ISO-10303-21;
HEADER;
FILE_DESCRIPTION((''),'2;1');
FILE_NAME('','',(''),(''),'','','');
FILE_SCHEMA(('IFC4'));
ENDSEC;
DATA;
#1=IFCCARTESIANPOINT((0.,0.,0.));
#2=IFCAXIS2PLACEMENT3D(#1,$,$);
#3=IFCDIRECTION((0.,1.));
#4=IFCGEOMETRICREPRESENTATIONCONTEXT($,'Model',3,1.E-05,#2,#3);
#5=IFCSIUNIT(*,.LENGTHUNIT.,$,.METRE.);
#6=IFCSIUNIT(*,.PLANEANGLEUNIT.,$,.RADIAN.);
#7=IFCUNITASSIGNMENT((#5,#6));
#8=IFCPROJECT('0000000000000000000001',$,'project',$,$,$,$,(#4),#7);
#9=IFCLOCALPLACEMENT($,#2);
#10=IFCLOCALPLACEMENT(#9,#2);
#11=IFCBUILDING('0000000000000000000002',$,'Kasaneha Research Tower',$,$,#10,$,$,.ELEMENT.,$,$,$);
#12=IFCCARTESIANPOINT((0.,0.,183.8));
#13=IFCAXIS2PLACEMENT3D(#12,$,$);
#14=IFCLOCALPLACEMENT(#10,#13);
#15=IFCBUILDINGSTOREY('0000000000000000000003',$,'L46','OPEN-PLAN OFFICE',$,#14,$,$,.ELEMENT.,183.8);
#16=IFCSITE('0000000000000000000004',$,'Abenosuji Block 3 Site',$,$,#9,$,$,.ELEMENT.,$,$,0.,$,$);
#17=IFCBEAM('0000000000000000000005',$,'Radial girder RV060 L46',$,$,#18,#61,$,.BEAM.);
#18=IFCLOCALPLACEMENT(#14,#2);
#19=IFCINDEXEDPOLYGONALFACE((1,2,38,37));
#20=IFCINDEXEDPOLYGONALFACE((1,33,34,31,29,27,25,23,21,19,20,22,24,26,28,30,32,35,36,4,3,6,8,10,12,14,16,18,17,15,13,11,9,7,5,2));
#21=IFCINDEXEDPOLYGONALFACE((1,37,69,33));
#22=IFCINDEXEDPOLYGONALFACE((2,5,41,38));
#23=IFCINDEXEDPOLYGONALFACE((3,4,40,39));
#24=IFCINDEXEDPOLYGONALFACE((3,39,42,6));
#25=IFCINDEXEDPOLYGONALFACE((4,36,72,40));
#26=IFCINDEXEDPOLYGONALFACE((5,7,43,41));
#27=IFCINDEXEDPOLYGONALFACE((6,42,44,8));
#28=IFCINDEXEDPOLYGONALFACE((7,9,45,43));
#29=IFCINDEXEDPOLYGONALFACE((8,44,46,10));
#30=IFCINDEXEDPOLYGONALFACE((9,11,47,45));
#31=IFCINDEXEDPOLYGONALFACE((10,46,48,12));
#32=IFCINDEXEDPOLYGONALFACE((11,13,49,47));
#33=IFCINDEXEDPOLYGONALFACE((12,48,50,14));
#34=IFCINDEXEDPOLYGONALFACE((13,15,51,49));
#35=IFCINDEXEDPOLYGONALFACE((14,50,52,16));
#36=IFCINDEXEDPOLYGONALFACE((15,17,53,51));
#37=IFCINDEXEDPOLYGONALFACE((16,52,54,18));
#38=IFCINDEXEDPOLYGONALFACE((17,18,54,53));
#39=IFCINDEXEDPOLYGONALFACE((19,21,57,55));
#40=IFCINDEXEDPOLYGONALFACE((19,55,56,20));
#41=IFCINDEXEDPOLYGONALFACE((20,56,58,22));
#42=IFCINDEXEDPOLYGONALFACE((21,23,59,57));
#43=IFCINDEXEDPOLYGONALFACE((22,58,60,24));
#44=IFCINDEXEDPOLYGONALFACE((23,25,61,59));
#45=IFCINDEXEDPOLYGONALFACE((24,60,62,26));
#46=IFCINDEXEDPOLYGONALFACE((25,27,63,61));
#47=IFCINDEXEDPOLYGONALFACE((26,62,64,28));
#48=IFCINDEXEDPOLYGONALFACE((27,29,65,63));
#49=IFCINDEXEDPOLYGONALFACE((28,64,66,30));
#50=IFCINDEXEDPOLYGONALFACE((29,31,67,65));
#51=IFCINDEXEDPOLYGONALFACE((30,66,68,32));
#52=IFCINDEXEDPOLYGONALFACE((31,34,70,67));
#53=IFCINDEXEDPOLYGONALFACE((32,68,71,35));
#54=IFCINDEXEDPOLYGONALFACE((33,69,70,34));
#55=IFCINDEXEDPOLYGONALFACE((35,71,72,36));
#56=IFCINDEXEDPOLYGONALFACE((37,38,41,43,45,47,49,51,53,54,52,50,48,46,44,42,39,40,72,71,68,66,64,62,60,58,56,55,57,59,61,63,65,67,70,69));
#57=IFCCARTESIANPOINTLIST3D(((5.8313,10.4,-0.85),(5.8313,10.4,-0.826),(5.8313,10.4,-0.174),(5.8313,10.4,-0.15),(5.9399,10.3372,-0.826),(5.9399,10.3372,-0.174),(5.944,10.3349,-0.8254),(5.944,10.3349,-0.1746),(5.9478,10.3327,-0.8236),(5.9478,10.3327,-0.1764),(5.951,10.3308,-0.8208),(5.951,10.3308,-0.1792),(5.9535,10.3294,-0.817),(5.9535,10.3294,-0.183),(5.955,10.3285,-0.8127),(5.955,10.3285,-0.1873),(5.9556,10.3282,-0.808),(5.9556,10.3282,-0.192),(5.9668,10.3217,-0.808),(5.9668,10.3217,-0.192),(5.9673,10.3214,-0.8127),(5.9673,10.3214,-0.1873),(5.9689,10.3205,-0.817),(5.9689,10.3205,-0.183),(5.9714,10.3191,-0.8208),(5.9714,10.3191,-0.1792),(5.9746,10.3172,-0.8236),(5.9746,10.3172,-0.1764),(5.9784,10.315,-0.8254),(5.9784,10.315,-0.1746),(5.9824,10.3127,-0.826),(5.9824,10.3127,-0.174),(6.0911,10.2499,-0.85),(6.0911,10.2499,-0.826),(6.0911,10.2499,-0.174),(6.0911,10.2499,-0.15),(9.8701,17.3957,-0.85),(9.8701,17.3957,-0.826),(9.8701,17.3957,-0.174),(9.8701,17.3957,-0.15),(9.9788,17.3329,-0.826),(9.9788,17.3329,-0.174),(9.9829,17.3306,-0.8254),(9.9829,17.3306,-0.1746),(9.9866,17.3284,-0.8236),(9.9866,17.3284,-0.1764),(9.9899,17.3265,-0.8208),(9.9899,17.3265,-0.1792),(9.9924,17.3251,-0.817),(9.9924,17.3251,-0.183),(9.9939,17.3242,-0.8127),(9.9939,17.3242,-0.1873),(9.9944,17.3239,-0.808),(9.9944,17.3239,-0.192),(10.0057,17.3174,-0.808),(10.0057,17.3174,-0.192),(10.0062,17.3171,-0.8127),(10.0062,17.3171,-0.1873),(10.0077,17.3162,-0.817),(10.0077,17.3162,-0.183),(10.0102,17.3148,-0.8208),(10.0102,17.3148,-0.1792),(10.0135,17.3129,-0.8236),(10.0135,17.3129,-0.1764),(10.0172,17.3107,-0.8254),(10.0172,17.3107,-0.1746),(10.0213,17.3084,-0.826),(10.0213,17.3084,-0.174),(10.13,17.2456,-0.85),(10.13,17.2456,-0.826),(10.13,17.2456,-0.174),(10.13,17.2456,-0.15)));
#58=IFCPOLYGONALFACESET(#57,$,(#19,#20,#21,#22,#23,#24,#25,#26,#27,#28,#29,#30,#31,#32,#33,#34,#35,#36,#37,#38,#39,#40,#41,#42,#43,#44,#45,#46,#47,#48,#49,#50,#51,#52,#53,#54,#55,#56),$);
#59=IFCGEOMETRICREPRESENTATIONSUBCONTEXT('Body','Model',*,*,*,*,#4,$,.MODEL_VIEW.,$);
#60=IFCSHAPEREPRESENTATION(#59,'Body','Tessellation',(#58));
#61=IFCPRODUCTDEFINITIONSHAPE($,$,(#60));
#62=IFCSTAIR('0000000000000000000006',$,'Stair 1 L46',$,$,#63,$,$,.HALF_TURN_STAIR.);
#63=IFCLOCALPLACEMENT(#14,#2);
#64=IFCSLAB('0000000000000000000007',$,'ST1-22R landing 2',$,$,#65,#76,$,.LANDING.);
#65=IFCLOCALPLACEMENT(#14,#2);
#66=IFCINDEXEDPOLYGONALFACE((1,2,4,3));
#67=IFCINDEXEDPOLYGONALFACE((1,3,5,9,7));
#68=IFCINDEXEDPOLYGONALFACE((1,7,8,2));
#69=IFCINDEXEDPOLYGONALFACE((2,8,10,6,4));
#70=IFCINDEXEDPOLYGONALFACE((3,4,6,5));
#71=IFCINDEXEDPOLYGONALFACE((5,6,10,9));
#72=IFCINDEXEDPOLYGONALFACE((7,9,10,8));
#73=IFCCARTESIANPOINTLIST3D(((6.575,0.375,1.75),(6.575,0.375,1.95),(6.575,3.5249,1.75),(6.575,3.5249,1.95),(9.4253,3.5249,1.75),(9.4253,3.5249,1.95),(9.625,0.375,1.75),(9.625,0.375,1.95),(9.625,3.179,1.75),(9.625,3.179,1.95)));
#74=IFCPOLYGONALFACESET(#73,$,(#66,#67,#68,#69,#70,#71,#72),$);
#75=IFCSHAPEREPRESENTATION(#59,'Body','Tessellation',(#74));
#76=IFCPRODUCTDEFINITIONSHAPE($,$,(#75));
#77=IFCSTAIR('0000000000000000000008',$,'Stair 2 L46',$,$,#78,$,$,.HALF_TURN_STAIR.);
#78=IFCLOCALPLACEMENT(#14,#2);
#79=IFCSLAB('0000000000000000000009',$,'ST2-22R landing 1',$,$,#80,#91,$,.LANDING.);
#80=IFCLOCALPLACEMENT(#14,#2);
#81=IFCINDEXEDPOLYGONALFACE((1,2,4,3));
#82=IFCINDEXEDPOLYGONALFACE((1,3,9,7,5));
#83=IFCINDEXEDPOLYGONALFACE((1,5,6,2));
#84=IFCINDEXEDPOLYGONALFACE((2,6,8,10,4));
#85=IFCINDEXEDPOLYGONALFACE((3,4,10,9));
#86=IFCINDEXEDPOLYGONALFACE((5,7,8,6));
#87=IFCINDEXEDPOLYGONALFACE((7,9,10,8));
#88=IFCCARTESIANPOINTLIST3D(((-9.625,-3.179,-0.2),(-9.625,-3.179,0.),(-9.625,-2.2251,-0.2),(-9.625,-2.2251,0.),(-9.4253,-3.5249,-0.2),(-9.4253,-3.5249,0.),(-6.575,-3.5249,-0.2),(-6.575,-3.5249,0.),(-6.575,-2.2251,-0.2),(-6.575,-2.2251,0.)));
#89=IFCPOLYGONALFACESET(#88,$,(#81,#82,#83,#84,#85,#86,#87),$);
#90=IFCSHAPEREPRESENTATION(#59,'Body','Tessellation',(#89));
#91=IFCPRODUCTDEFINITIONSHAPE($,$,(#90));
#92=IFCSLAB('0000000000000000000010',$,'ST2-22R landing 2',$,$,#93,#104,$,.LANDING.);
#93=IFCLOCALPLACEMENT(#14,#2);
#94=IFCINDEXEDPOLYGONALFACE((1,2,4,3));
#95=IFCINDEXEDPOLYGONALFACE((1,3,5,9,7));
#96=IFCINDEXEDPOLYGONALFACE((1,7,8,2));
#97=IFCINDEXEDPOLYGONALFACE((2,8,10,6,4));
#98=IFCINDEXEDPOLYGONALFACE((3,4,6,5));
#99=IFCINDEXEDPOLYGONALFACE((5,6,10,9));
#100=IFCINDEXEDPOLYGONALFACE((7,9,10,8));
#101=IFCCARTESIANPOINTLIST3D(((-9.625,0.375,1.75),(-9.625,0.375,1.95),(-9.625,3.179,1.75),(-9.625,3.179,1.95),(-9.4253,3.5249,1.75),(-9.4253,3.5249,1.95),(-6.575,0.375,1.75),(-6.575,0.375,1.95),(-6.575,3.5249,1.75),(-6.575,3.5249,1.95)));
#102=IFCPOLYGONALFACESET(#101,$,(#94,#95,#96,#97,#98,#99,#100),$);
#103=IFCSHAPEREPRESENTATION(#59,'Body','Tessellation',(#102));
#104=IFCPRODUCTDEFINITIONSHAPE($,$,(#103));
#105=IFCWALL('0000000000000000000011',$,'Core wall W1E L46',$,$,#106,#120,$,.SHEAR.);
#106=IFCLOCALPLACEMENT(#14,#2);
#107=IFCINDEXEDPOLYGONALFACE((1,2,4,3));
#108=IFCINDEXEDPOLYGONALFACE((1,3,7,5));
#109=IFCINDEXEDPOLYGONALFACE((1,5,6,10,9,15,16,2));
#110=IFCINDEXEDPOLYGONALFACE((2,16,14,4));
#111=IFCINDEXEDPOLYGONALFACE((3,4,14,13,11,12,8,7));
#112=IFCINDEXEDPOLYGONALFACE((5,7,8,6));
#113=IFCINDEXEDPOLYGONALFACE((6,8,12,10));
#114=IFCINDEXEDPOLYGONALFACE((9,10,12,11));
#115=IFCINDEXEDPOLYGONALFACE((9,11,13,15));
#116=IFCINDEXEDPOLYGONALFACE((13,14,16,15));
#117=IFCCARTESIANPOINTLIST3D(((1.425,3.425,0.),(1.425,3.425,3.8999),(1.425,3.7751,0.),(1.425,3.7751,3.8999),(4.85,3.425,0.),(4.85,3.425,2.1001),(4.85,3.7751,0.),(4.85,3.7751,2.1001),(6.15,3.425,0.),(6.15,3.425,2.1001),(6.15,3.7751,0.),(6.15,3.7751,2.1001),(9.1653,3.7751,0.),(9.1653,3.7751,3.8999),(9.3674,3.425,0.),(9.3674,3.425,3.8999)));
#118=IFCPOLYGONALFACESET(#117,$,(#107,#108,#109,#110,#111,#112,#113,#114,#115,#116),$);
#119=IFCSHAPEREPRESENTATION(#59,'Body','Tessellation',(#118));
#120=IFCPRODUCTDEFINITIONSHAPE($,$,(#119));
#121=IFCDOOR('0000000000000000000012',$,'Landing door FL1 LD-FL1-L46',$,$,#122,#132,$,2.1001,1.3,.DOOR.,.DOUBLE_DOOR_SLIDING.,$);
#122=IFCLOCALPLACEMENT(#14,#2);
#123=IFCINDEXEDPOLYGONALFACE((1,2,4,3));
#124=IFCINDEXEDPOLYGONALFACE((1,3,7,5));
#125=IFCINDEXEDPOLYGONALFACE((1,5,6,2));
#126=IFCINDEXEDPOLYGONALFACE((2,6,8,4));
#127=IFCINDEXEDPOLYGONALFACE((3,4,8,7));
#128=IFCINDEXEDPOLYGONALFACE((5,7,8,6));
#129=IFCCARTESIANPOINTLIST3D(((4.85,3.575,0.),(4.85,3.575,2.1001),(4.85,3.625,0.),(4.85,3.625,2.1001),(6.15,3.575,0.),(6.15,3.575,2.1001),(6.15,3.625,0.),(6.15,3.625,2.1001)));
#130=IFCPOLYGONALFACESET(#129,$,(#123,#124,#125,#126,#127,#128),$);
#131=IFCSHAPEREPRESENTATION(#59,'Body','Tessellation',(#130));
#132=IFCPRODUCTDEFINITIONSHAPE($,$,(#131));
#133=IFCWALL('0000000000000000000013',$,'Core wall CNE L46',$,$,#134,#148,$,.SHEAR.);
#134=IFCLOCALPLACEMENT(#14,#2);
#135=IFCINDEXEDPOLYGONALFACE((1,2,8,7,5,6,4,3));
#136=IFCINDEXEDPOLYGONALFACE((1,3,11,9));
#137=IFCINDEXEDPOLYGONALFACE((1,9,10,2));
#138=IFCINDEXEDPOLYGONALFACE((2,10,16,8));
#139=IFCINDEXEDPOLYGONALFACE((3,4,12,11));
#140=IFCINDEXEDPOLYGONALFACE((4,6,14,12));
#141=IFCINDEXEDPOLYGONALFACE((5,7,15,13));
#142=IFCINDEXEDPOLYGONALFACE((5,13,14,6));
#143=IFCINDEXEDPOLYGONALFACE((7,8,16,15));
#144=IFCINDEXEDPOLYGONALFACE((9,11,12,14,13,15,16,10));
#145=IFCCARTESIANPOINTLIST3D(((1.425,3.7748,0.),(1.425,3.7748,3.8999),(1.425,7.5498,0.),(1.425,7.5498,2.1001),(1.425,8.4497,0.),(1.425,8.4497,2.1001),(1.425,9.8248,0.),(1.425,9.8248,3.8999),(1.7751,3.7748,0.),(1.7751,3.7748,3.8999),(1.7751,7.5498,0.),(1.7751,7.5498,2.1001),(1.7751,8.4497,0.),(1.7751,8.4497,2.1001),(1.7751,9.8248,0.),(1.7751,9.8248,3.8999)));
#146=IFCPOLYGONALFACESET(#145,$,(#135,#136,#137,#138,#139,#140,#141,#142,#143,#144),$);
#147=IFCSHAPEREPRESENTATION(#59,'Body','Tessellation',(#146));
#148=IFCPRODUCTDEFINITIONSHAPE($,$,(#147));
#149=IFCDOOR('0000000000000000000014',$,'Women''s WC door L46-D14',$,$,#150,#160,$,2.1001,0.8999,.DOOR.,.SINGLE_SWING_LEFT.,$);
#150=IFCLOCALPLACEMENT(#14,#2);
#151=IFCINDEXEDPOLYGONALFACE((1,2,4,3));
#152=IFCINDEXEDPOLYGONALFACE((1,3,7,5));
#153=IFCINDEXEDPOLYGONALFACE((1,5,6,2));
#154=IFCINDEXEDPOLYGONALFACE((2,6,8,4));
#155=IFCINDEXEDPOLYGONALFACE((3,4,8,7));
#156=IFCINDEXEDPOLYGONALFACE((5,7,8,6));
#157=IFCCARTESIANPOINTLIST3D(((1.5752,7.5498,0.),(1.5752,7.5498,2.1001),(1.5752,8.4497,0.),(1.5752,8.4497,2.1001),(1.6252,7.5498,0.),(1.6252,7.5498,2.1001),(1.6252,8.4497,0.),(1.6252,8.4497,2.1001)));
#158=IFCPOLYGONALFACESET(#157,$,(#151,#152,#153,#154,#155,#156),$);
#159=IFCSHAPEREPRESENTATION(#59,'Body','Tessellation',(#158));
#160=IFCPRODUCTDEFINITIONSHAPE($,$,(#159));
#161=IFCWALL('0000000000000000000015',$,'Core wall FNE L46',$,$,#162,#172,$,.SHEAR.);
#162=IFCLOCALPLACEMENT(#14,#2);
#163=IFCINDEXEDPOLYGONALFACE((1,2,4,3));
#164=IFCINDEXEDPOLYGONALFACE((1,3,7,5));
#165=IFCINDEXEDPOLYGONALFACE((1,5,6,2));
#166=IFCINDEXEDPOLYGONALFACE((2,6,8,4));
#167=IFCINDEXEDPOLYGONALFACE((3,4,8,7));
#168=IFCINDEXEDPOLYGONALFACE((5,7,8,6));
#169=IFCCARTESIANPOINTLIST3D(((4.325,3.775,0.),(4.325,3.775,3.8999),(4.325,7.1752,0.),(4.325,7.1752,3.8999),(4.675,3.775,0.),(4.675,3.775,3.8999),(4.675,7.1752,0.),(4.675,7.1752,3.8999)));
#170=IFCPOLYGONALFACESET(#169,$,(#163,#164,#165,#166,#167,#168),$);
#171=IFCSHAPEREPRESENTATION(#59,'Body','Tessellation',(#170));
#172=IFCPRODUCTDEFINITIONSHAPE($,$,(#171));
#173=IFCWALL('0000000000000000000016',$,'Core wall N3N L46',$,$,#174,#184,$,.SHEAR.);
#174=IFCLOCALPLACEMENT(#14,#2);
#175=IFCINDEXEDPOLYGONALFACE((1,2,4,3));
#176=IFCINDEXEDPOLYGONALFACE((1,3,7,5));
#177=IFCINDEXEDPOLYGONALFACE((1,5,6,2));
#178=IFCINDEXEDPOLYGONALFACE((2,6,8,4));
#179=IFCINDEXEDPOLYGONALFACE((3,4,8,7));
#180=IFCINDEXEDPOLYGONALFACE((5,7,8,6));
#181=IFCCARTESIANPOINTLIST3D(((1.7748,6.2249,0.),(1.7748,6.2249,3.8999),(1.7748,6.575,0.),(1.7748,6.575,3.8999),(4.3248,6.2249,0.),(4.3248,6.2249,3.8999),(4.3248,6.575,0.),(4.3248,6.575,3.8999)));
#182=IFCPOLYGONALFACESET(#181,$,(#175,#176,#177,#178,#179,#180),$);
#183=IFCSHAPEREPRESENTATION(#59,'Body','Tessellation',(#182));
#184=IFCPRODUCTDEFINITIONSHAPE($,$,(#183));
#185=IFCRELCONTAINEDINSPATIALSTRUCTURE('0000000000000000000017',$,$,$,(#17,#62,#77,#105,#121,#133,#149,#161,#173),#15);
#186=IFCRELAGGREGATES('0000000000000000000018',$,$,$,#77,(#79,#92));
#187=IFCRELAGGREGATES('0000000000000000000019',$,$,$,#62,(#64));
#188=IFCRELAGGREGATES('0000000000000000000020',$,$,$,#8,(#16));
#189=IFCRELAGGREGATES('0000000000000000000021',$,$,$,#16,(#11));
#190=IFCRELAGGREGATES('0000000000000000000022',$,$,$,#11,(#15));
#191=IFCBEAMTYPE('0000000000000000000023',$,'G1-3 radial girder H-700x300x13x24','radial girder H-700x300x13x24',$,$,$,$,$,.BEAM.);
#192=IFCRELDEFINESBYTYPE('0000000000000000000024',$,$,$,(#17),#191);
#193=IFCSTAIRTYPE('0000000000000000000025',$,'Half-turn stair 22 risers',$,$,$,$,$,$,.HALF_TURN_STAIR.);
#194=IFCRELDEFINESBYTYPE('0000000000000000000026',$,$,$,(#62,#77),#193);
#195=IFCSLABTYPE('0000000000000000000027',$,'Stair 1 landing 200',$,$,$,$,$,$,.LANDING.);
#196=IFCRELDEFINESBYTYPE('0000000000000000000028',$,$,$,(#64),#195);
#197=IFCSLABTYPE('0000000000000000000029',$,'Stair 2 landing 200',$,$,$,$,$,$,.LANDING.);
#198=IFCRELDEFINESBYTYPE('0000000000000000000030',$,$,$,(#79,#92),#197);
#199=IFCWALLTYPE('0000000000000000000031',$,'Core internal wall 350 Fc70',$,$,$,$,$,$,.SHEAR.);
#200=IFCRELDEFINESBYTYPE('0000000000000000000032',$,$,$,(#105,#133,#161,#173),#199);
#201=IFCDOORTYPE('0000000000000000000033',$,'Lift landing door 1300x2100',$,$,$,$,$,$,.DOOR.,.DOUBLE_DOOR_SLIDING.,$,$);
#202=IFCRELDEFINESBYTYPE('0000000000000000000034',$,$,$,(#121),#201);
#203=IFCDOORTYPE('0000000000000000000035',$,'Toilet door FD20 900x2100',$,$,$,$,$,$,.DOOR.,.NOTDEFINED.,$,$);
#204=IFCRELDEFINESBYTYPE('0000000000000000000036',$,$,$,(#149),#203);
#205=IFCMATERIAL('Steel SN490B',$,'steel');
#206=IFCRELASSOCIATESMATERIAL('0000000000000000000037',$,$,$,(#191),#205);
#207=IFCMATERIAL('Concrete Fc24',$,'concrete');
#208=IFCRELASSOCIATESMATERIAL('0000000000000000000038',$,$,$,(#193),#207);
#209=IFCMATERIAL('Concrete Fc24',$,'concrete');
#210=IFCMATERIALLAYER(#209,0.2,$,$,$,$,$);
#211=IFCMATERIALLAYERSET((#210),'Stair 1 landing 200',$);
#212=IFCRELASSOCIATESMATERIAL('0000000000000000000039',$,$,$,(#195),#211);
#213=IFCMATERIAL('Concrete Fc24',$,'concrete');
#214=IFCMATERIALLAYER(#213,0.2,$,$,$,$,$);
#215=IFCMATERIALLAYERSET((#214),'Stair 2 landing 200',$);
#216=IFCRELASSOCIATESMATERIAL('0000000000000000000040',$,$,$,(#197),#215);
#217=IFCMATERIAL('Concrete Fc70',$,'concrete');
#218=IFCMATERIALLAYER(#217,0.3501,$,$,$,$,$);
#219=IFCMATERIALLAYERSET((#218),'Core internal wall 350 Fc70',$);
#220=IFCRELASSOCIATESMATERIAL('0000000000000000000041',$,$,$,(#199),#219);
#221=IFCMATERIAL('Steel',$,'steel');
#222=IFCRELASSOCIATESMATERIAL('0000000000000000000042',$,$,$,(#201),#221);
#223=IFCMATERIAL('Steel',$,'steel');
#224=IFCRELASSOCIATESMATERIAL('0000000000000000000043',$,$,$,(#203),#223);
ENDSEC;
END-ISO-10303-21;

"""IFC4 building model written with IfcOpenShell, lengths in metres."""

from ifc_helpers import new_model, si_unit, direction, frame, frame_2d, origin, origin_2d, place, context, subcontext, project, spatial, polyline, rectangle, i_section, outline, extrude, material, layer, layer_set, material_profile, profile_set, type_object, element, fill, aggregate, save


model = new_model("IFC4")

# Units and contexts
model_context = context("Model", 3, precision=1e-05, world=origin(), true_north=direction((0.0, 1.0)))
body_context = subcontext(model_context, "Body", "Model", "MODEL_VIEW")
ifc_project = project(units=[si_unit("LENGTHUNIT", "METRE"), si_unit("PLANEANGLEUNIT", "RADIAN")], contexts=[model_context])

# Site, building, storey
site_placement = place(None, origin())
site = spatial("IfcSite", under=ifc_project, at=site_placement, Name="Abenosuji Block 3 Site", CompositionType="ELEMENT", RefElevation=0.0)
building_placement = place(site_placement, origin())
building = spatial("IfcBuilding", under=site, at=building_placement, Name="Kasaneha Research Tower", CompositionType="ELEMENT")
storey_placement = place(building_placement, frame((0.0, 0.0, 183.8)))
storey = spatial("IfcBuildingStorey", under=building, at=storey_placement, Name="L46", Description="OPEN-PLAN OFFICE", CompositionType="ELEMENT", Elevation=183.8)

# Beam
ifc_material_1 = material(Name="Steel SN490B", Category="steel")
ifc_material_profile = material_profile(ifc_material_1, i_section(OverallWidth=0.3, OverallDepth=0.7, WebThickness=0.0129, FlangeThickness=0.0239, FilletRadius=0.0181, at=origin_2d()), Name="H-700x300x13x24")
ifc_profile_set = profile_set([ifc_material_profile], Name="Steel SN490B")
beam_type = type_object("IfcBeamType", Name="G1-3 radial girder H-700x300x13x24", Description="radial girder H-700x300x13x24", PredefinedType="BEAM", material=ifc_profile_set)
beam_placement = place(storey_placement, frame((5.9612, 10.325, -0.5), z_axis=(0.499991, 0.866031, 0.0), x_axis=(-0.866031, 0.499991, 0.0)))
element("IfcBeam", 1, at=beam_placement, inside=storey, type_object=beam_type, Name="Radial girder RV060 L46", PredefinedType="BEAM", context=body_context, shape_type="SweptSolid", body=[
    extrude(i_section(OverallWidth=0.3, OverallDepth=0.7, WebThickness=0.0129, FlangeThickness=0.0239, FilletRadius=0.0181, at=origin_2d()), origin(), (0.0, 0.0, 1.0), 8.0779),
])

# Stair, slab
ifc_material_2 = material(Name="Concrete Fc24", Category="concrete")
stair_type = type_object("IfcStairType", Name="Half-turn stair 22 risers", PredefinedType="HALF_TURN_STAIR", material=ifc_material_2)
stair_1_placement = place(storey_placement, origin())
stair_1 = element("IfcStair", 2, at=stair_1_placement, inside=storey, type_object=stair_type, Name="Stair 1 L46", PredefinedType="HALF_TURN_STAIR")
ifc_material_3 = material(Name="Concrete Fc24", Category="concrete")
ifc_layer_1 = layer(ifc_material_3, 0.2)
ifc_layer_set_1 = layer_set([ifc_layer_1], Name="Stair 1 landing 200")
slab_type_1 = type_object("IfcSlabType", Name="Stair 1 landing 200", PredefinedType="LANDING", material=ifc_layer_set_1)
slab_1_placement = place(storey_placement, frame((0.0, 0.0, 1.75)))
slab_1 = element("IfcSlab", 3, at=slab_1_placement, type_object=slab_type_1, Name="ST1-22R landing 2", PredefinedType="LANDING", context=body_context, shape_type="SweptSolid", body=[
    extrude(outline(polyline([(6.575, 3.5249), (9.4253, 3.5249), (9.625, 3.179), (9.625, 0.375), (6.575, 0.375), (6.575, 3.5249)])), origin(), (0.0, 0.0, 1.0), 0.2),
])

# Stair, slabs
stair_2_placement = place(storey_placement, origin())
stair_2 = element("IfcStair", 4, at=stair_2_placement, inside=storey, type_object=stair_type, Name="Stair 2 L46", PredefinedType="HALF_TURN_STAIR")
ifc_material_4 = material(Name="Concrete Fc24", Category="concrete")
ifc_layer_2 = layer(ifc_material_4, 0.2)
ifc_layer_set_2 = layer_set([ifc_layer_2], Name="Stair 2 landing 200")
slab_type_2 = type_object("IfcSlabType", Name="Stair 2 landing 200", PredefinedType="LANDING", material=ifc_layer_set_2)
slab_2_placement = place(storey_placement, frame((0.0, 0.0, -0.2)))
slab_2 = element("IfcSlab", 5, at=slab_2_placement, type_object=slab_type_2, Name="ST2-22R landing 1", PredefinedType="LANDING", context=body_context, shape_type="SweptSolid", body=[
    extrude(outline(polyline([(-6.575, -3.5249), (-9.4253, -3.5249), (-9.625, -3.179), (-9.625, -2.2251), (-6.575, -2.2251), (-6.575, -3.5249)])), origin(), (0.0, 0.0, 1.0), 0.2),
])
slab_3_placement = place(storey_placement, frame((0.0, 0.0, 1.75)))
slab_3 = element("IfcSlab", 6, at=slab_3_placement, type_object=slab_type_2, Name="ST2-22R landing 2", PredefinedType="LANDING", context=body_context, shape_type="SweptSolid", body=[
    extrude(outline(polyline([(-6.575, 0.375), (-9.625, 0.375), (-9.625, 3.179), (-9.4253, 3.5249), (-6.575, 3.5249), (-6.575, 0.375)])), origin(), (0.0, 0.0, 1.0), 0.2),
])
aggregate(stair_2, [slab_2, slab_3])

# Walls, openings, doors
ifc_material_5 = material(Name="Concrete Fc70", Category="concrete")
ifc_layer_3 = layer(ifc_material_5, 0.3501)
ifc_layer_set_3 = layer_set([ifc_layer_3], Name="Core internal wall 350 Fc70")
wall_type_1 = type_object("IfcWallType", Name="Core internal wall 350 Fc70", PredefinedType="SHEAR", material=ifc_layer_set_3)
wall_1_placement = place(storey_placement, frame((1.425, 3.6001, 0.0), z_axis=(0.0, 0.0, 1.0), x_axis=(1.0, 0.0, 0.0)))
wall_1 = element("IfcWall", 7, at=wall_1_placement, inside=storey, type_object=wall_type_1, Name="Core wall W1E L46", PredefinedType="SHEAR", context=body_context, shape_type="SweptSolid", body=[
    extrude(outline(polyline([(0.0, -0.175), (3.425, -0.175), (4.7251, -0.175), (7.9424, -0.175), (7.7402, 0.175), (4.7251, 0.175), (3.425, 0.175), (0.0, 0.175), (0.0, -0.175)])), origin(), (0.0, 0.0, 1.0), 3.8999),
])
opening_1_placement = place(wall_1_placement, frame((3.425, 0.0, 0.0)))
opening_1 = element("IfcOpeningElement", 8, at=opening_1_placement, cuts=wall_1, PredefinedType="OPENING", context=body_context, shape_type="SweptSolid", body=[
    extrude(rectangle(XDim=1.3, YDim=2.1001, at=frame_2d((0.6499, 1.05))), frame((0.0, 0.1851, 0.0), z_axis=(0.0, -1.0, 0.0), x_axis=(1.0, 0.0, 0.0)), (0.0, 0.0, 1.0), 0.3701),
])
ifc_material_6 = material(Name="Steel", Category="steel")
door_type_1 = type_object("IfcDoorType", Name="Lift landing door 1300x2100", OperationType="DOUBLE_DOOR_SLIDING", PredefinedType="DOOR", material=ifc_material_6)
door_1_placement = place(opening_1_placement, origin())
door_1 = element("IfcDoor", 9, at=door_1_placement, inside=storey, type_object=door_type_1, Name="Landing door FL1 LD-FL1-L46", OperationType="DOUBLE_DOOR_SLIDING", OverallHeight=2.1001, OverallWidth=1.3, PredefinedType="DOOR", context=body_context, shape_type="SweptSolid", body=[
    extrude(rectangle(XDim=1.3, YDim=2.1001, at=frame_2d((0.6499, 1.05))), frame((0.0, 0.0249, 0.0), z_axis=(0.0, -1.0, 0.0), x_axis=(1.0, 0.0, 0.0)), (0.0, 0.0, 1.0), 0.05),
])
fill(opening_1, door_1)
wall_2_placement = place(storey_placement, frame((1.6001, 3.7749, 0.0), z_axis=(0.0, 0.0, 1.0), x_axis=(0.0, 1.0, 0.0)))
wall_2 = element("IfcWall", 10, at=wall_2_placement, inside=storey, type_object=wall_type_1, Name="Core wall CNE L46", PredefinedType="SHEAR", context=body_context, shape_type="SweptSolid", body=[
    extrude(rectangle(XDim=6.05, YDim=0.3501, at=frame_2d((3.0249, 0.0))), origin(), (0.0, 0.0, 1.0), 3.8999),
])
opening_2_placement = place(wall_2_placement, frame((3.7749, 0.0, 0.0)))
opening_2 = element("IfcOpeningElement", 11, at=opening_2_placement, cuts=wall_2, PredefinedType="OPENING", context=body_context, shape_type="SweptSolid", body=[
    extrude(rectangle(XDim=0.8999, YDim=2.1001, at=frame_2d((0.45, 1.05))), frame((0.0, 0.1851, 0.0), z_axis=(0.0, -1.0, 0.0), x_axis=(1.0, 0.0, 0.0)), (0.0, 0.0, 1.0), 0.3701),
])
ifc_material_7 = material(Name="Steel", Category="steel")
door_type_2 = type_object("IfcDoorType", Name="Toilet door FD20 900x2100", OperationType="NOTDEFINED", PredefinedType="DOOR", material=ifc_material_7)
door_2_placement = place(opening_2_placement, origin())
door_2 = element("IfcDoor", 12, at=door_2_placement, inside=storey, type_object=door_type_2, Name="Women's WC door L46-D14", OperationType="SINGLE_SWING_LEFT", OverallHeight=2.1001, OverallWidth=0.8999, PredefinedType="DOOR", context=body_context, shape_type="SweptSolid", body=[
    extrude(rectangle(XDim=0.8999, YDim=2.1001, at=frame_2d((0.45, 1.05))), frame((0.0, 0.0249, 0.0), z_axis=(0.0, -1.0, 0.0), x_axis=(1.0, 0.0, 0.0)), (0.0, 0.0, 1.0), 0.05),
])
fill(opening_2, door_2)

# Walls
wall_3_placement = place(storey_placement, frame((4.5, 3.7749, 0.0), z_axis=(0.0, 0.0, 1.0), x_axis=(0.0, 1.0, 0.0)))
element("IfcWall", 13, at=wall_3_placement, inside=storey, type_object=wall_type_1, Name="Core wall FNE L46", PredefinedType="SHEAR", context=body_context, shape_type="SweptSolid", body=[
    extrude(rectangle(XDim=3.4001, YDim=0.3501, at=frame_2d((1.7002, 0.0))), origin(), (0.0, 0.0, 1.0), 3.8999),
])
wall_4_placement = place(storey_placement, frame((1.7749, 6.3999, 0.0), z_axis=(0.0, 0.0, 1.0), x_axis=(1.0, 0.0, 0.0)))
element("IfcWall", 14, at=wall_4_placement, inside=storey, type_object=wall_type_1, Name="Core wall N3N L46", PredefinedType="SHEAR", context=body_context, shape_type="SweptSolid", body=[
    extrude(rectangle(XDim=2.55, YDim=0.3501, at=frame_2d((1.2749, 0.0))), origin(), (0.0, 0.0, 1.0), 3.8999),
])

aggregate(stair_1, [slab_1])

save(model, "model.ifc")
